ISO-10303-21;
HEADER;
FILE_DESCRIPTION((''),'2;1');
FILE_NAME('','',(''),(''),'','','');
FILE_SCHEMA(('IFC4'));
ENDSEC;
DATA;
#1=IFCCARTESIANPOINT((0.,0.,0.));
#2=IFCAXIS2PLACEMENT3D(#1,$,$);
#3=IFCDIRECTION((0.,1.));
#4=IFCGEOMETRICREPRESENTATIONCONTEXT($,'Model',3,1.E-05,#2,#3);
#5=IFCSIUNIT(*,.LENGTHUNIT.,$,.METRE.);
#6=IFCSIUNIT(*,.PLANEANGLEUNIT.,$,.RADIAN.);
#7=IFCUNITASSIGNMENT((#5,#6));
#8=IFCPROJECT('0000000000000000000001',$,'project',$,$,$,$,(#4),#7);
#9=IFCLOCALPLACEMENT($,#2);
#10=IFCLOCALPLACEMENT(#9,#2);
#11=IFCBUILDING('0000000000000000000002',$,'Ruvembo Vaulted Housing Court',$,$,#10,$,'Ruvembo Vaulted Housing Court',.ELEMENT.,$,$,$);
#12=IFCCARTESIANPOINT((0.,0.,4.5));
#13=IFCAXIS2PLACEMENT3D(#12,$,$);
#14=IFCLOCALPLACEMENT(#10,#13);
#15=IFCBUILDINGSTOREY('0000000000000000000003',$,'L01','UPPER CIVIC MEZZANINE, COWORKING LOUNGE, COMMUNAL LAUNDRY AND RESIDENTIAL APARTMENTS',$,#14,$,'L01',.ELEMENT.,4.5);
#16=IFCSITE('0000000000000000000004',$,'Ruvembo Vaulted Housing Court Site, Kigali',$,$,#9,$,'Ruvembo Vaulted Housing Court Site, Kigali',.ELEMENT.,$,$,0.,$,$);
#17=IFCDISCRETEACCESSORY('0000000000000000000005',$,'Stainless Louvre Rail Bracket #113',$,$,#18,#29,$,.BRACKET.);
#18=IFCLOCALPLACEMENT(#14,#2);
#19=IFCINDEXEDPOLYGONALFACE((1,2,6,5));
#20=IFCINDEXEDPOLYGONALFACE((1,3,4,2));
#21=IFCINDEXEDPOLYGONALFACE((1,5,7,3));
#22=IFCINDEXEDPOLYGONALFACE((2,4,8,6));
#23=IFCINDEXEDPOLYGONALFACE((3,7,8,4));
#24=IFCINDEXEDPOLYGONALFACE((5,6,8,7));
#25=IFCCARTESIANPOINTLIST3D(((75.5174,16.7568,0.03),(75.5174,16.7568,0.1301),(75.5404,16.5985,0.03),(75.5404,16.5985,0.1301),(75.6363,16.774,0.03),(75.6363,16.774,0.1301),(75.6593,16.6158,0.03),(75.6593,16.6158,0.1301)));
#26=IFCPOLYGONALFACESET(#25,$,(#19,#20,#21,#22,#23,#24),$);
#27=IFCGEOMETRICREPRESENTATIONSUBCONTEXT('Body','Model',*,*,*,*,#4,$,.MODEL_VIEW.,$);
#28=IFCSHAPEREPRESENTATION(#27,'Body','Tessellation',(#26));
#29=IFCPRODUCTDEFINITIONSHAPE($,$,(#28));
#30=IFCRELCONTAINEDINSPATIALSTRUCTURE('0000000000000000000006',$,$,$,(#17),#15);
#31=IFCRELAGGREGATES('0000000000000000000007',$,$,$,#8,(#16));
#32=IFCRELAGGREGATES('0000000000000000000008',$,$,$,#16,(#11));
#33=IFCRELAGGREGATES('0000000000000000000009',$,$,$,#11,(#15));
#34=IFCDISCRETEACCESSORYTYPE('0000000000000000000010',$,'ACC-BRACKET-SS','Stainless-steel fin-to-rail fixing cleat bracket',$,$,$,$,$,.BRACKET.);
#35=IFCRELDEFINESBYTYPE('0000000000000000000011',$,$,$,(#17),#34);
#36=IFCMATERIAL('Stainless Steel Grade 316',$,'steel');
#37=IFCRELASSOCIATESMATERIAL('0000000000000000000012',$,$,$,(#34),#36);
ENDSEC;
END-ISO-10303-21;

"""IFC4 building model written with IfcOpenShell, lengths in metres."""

from ifc_helpers import new_model, si_unit, direction, frame, origin, origin_2d, place, context, subcontext, project, spatial, rectangle, extrude, material, type_object, element, save


model = new_model("IFC4")

# Units and contexts
model_context = context("Model", 3, precision=1e-05, world=origin(), true_north=direction((0.0, 1.0)))
body_context = subcontext(model_context, "Body", "Model", "MODEL_VIEW")
ifc_project = project(units=[si_unit("LENGTHUNIT", "METRE"), si_unit("PLANEANGLEUNIT", "RADIAN")], contexts=[model_context])

# Site, building, storey
site_placement = place(None, origin())
site = spatial("IfcSite", under=ifc_project, at=site_placement, Name="Ruvembo Vaulted Housing Court Site, Kigali", LongName="Ruvembo Vaulted Housing Court Site, Kigali", CompositionType="ELEMENT", RefElevation=0.0)
building_placement = place(site_placement, origin())
building = spatial("IfcBuilding", under=site, at=building_placement, Name="Ruvembo Vaulted Housing Court", LongName="Ruvembo Vaulted Housing Court", CompositionType="ELEMENT")
storey_placement = place(building_placement, frame((0.0, 0.0, 4.5)))
storey = spatial("IfcBuildingStorey", under=building, at=storey_placement, Name="L01", Description="UPPER CIVIC MEZZANINE, COWORKING LOUNGE, COMMUNAL LAUNDRY AND RESIDENTIAL APARTMENTS", LongName="L01", CompositionType="ELEMENT", Elevation=4.5)

# Discrete accessory
ifc_material_1 = material(Name="Stainless Steel Grade 316", Category="steel")
discrete_accessory_type = type_object("IfcDiscreteAccessoryType", Name="ACC-BRACKET-SS", Description="Stainless-steel fin-to-rail fixing cleat bracket", PredefinedType="BRACKET", material=ifc_material_1)
for number, where, z_axis, x_axis, name in (
    (1, (75.5884, 16.6863, 0.03), (0.0, 0.0, 1.0), (0.143873, -0.989596, 0.0), "Stainless Louvre Rail Bracket #113"),
):
    element("IfcDiscreteAccessory", number, at=place(storey_placement, frame(where, z_axis=z_axis, x_axis=x_axis)), inside=storey, type_object=discrete_accessory_type, Name=name, PredefinedType="BRACKET", context=body_context, shape_type="SweptSolid", body=[
        extrude(rectangle(XDim=0.1599, YDim=0.1201, at=origin_2d()), origin(), (0.0, 0.0, 1.0), 0.1001),
    ])

save(model, "model.ifc")
